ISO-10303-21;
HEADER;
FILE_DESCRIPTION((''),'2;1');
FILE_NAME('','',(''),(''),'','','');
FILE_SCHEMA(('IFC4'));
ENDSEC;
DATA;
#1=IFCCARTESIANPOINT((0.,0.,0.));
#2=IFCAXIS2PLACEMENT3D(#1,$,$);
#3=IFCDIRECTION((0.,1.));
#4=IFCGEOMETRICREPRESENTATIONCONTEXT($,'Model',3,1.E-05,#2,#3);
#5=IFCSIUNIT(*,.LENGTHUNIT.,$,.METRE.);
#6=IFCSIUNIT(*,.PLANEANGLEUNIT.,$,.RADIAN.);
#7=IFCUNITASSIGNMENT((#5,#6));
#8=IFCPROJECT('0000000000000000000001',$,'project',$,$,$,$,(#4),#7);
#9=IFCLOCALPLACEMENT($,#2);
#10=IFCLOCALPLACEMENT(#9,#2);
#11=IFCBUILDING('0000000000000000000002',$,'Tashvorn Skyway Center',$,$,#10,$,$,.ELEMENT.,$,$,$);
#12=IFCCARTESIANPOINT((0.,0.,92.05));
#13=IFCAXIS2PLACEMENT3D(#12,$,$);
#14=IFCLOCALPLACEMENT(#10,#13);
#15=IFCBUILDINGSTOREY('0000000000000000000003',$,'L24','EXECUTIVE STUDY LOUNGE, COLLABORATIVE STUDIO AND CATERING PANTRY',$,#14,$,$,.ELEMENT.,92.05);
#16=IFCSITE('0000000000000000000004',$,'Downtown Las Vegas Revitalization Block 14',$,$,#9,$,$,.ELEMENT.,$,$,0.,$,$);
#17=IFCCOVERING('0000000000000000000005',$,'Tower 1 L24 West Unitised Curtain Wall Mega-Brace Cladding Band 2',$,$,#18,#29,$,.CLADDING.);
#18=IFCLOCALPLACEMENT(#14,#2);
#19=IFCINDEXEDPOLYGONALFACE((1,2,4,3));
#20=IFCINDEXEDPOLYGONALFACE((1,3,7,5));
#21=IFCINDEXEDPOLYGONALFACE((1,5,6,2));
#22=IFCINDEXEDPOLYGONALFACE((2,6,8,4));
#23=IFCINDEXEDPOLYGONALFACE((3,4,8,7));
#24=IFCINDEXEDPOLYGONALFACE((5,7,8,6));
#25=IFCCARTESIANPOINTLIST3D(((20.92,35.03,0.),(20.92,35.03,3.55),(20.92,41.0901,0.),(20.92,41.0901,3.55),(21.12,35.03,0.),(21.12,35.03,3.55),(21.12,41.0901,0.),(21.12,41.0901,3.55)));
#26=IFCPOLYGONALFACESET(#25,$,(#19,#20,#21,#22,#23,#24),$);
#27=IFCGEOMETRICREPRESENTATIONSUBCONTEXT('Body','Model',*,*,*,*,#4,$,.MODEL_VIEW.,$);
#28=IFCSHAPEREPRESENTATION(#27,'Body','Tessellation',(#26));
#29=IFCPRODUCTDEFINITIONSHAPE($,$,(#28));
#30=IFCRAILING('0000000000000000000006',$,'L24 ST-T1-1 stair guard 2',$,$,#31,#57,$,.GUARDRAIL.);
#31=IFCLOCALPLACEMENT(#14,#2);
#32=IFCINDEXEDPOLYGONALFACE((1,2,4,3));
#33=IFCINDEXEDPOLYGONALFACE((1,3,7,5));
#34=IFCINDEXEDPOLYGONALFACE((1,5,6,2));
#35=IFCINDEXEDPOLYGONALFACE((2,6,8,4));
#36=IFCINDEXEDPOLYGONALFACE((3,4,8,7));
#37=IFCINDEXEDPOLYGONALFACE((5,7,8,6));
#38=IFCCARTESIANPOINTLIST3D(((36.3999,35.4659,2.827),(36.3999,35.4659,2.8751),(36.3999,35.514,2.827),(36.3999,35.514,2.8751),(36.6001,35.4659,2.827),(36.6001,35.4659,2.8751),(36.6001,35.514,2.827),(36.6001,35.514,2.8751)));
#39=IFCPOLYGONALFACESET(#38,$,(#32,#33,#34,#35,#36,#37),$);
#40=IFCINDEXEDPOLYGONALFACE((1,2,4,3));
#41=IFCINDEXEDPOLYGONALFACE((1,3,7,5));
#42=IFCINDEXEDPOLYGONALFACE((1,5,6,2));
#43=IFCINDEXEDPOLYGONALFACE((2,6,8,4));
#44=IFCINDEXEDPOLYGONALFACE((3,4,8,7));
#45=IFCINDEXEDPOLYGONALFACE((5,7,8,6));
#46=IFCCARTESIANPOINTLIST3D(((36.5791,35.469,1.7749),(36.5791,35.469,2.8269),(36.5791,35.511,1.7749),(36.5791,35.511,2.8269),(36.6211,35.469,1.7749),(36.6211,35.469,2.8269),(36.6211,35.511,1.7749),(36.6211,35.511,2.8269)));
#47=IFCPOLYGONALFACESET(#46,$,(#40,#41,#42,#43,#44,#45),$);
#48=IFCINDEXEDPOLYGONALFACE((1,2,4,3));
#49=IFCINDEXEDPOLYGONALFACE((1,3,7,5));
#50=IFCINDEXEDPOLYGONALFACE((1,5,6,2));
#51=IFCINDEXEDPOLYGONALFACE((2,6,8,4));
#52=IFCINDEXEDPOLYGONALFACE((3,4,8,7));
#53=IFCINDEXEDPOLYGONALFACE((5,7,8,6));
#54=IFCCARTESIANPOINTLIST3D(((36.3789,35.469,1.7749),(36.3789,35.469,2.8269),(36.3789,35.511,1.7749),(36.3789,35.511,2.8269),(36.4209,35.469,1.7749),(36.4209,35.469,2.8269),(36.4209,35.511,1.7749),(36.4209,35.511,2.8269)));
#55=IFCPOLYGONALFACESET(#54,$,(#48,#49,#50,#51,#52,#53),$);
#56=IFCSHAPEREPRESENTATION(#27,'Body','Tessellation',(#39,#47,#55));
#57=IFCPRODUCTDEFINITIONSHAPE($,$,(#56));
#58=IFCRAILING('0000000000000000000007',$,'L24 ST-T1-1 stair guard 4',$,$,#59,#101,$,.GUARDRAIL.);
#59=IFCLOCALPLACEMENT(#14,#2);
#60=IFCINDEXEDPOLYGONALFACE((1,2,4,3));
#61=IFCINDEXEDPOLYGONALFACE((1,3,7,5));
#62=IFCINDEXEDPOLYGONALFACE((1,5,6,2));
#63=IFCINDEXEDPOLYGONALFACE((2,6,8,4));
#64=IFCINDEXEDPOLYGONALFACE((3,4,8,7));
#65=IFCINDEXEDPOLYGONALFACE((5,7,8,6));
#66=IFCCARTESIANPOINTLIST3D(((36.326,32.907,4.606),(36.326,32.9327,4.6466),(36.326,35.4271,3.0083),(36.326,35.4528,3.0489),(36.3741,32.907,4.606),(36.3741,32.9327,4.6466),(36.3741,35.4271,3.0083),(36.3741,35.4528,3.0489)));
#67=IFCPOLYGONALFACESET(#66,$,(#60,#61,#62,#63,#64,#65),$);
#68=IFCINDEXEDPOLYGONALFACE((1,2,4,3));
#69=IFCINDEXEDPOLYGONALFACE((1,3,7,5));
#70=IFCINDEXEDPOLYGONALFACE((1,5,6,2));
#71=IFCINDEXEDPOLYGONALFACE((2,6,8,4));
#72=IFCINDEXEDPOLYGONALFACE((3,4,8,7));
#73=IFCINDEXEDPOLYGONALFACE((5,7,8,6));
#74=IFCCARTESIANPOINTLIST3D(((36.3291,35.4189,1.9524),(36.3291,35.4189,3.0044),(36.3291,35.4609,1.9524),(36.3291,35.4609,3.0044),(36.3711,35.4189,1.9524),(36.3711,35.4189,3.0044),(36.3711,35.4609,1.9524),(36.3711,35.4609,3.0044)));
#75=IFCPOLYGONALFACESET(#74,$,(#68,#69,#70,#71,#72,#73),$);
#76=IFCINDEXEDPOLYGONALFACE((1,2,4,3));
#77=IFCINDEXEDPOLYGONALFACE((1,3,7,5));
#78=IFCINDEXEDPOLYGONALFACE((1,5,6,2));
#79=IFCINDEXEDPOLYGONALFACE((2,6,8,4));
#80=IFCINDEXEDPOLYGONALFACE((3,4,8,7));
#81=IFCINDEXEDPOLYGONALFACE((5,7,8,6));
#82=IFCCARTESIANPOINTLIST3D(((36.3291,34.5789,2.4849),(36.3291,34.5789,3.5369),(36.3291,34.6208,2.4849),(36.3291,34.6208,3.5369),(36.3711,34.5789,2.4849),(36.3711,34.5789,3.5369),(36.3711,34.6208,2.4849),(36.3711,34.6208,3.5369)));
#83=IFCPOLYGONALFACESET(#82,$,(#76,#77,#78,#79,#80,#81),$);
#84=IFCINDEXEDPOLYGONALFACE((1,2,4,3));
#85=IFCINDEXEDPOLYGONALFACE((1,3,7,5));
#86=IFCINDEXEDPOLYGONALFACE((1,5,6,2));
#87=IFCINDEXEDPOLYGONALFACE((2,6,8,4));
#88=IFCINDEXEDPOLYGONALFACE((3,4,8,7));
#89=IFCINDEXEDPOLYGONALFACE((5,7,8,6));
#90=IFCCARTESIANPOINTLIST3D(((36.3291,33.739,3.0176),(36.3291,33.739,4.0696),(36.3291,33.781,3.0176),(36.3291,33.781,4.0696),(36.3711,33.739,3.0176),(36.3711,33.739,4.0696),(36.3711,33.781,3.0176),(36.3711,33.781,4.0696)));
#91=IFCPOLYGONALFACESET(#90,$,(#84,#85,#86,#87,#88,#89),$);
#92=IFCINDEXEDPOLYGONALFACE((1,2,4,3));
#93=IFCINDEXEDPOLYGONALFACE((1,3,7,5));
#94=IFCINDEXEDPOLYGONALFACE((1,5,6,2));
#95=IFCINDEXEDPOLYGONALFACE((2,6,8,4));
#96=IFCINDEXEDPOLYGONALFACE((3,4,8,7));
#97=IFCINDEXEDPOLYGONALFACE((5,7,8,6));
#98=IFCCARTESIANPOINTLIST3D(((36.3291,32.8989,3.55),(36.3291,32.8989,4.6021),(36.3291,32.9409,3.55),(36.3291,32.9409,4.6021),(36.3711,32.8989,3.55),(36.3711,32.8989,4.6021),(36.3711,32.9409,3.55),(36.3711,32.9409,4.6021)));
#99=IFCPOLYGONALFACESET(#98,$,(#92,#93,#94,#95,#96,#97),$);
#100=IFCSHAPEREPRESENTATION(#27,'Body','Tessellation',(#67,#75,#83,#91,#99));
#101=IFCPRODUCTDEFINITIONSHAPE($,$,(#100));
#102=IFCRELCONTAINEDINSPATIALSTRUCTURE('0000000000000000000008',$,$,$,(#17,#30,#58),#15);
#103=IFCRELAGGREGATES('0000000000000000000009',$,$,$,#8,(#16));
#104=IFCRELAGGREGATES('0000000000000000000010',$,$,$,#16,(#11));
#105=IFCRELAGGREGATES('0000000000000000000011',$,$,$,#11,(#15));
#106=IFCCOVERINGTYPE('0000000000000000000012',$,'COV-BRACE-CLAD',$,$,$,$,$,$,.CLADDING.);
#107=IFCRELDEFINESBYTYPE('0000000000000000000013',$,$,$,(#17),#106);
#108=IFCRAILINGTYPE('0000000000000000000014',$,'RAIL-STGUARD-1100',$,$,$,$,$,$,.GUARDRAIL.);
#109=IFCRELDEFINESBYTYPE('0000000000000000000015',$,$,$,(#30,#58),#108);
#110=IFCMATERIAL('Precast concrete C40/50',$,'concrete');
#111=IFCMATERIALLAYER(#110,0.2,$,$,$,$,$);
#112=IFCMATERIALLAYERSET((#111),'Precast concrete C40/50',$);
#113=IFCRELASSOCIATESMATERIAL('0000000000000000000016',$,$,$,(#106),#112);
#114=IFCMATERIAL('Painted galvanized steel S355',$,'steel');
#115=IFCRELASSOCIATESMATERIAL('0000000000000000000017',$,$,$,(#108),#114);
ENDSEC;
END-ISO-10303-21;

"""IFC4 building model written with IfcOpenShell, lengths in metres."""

from ifc_helpers import new_model, si_unit, direction, frame, origin, origin_2d, place, context, subcontext, project, spatial, rectangle, extrude, material, layer, layer_set, type_object, element, save


model = new_model("IFC4")

# Units and contexts
model_context = context("Model", 3, precision=1e-05, world=origin(), true_north=direction((0.0, 1.0)))
body_context = subcontext(model_context, "Body", "Model", "MODEL_VIEW")
ifc_project = project(units=[si_unit("LENGTHUNIT", "METRE"), si_unit("PLANEANGLEUNIT", "RADIAN")], contexts=[model_context])

# Site, building, storey
site_placement = place(None, origin())
site = spatial("IfcSite", under=ifc_project, at=site_placement, Name="Downtown Las Vegas Revitalization Block 14", CompositionType="ELEMENT", RefElevation=0.0)
building_placement = place(site_placement, origin())
building = spatial("IfcBuilding", under=site, at=building_placement, Name="Tashvorn Skyway Center", CompositionType="ELEMENT")
storey_placement = place(building_placement, frame((0.0, 0.0, 92.05)))
storey = spatial("IfcBuildingStorey", under=building, at=storey_placement, Name="L24", Description="EXECUTIVE STUDY LOUNGE, COLLABORATIVE STUDIO AND CATERING PANTRY", CompositionType="ELEMENT", Elevation=92.05)

# Covering
ifc_material_1 = material(Name="Precast concrete C40/50", Category="concrete")
ifc_layer_1 = layer(ifc_material_1, 0.2)
ifc_layer_set_1 = layer_set([ifc_layer_1], Name="Precast concrete C40/50")
covering_type = type_object("IfcCoveringType", Name="COV-BRACE-CLAD", PredefinedType="CLADDING", material=ifc_layer_set_1)
covering_placement = place(storey_placement, frame((21.02, 38.0601, 0.0), z_axis=(0.0, 0.0, 1.0), x_axis=(0.0, 1.0, 0.0)))
element("IfcCovering", 1, at=covering_placement, inside=storey, type_object=covering_type, Name="Tower 1 L24 West Unitised Curtain Wall Mega-Brace Cladding Band 2", PredefinedType="CLADDING", context=body_context, shape_type="SweptSolid", body=[
    extrude(rectangle(XDim=6.0601, YDim=0.2, at=origin_2d()), origin(), (0.0, 0.0, 1.0), 3.55),
])

# Railings
ifc_material_2 = material(Name="Painted galvanized steel S355", Category="steel")
railing_type = type_object("IfcRailingType", Name="RAIL-STGUARD-1100", PredefinedType="GUARDRAIL", material=ifc_material_2)
railing_1_placement = place(storey_placement, frame((36.6001, 35.49, 1.7749)))
element("IfcRailing", 2, at=railing_1_placement, inside=storey, type_object=railing_type, Name="L24 ST-T1-1 stair guard 2", PredefinedType="GUARDRAIL", context=body_context, shape_type="SweptSolid", body=[
    extrude(rectangle(XDim=0.0481, YDim=0.0481, at=origin_2d()), frame((0.0, 0.0, 1.0762), z_axis=(-1.0, 0.0, 0.0), x_axis=(0.0, -1.0, 0.0)), (0.0, 0.0, 1.0), 0.2002),
    extrude(rectangle(XDim=0.042, YDim=0.042, at=origin_2d()), origin(), (0.0, 0.0, 1.0), 1.052),
    extrude(rectangle(XDim=0.042, YDim=0.042, at=origin_2d()), frame((-0.2002, 0.0, 0.0)), (0.0, 0.0, 1.0), 1.052),
])
railing_2_placement = place(storey_placement, frame((36.3501, 35.4399, 1.9524)))
element("IfcRailing", 3, at=railing_2_placement, inside=storey, type_object=railing_type, Name="L24 ST-T1-1 stair guard 4", PredefinedType="GUARDRAIL", context=body_context, shape_type="SweptSolid", body=[
    extrude(rectangle(XDim=0.0481, YDim=0.0481, at=origin_2d()), frame((0.0, 0.0, 1.0762), z_axis=(0.0, -0.84457, 0.535445), x_axis=(1.0, 0.0, 0.0)), (0.0, 0.0, 1.0), 2.9839),
    extrude(rectangle(XDim=0.042, YDim=0.042, at=origin_2d()), origin(), (0.0, 0.0, 1.0), 1.052),
    extrude(rectangle(XDim=0.042, YDim=0.042, at=origin_2d()), frame((0.0, -0.8401, 0.5325)), (0.0, 0.0, 1.0), 1.052),
    extrude(rectangle(XDim=0.042, YDim=0.042, at=origin_2d()), frame((0.0, -1.6799, 1.0652)), (0.0, 0.0, 1.0), 1.052),
    extrude(rectangle(XDim=0.042, YDim=0.042, at=origin_2d()), frame((0.0, -2.52, 1.5977)), (0.0, 0.0, 1.0), 1.052),
])

save(model, "model.ifc")
